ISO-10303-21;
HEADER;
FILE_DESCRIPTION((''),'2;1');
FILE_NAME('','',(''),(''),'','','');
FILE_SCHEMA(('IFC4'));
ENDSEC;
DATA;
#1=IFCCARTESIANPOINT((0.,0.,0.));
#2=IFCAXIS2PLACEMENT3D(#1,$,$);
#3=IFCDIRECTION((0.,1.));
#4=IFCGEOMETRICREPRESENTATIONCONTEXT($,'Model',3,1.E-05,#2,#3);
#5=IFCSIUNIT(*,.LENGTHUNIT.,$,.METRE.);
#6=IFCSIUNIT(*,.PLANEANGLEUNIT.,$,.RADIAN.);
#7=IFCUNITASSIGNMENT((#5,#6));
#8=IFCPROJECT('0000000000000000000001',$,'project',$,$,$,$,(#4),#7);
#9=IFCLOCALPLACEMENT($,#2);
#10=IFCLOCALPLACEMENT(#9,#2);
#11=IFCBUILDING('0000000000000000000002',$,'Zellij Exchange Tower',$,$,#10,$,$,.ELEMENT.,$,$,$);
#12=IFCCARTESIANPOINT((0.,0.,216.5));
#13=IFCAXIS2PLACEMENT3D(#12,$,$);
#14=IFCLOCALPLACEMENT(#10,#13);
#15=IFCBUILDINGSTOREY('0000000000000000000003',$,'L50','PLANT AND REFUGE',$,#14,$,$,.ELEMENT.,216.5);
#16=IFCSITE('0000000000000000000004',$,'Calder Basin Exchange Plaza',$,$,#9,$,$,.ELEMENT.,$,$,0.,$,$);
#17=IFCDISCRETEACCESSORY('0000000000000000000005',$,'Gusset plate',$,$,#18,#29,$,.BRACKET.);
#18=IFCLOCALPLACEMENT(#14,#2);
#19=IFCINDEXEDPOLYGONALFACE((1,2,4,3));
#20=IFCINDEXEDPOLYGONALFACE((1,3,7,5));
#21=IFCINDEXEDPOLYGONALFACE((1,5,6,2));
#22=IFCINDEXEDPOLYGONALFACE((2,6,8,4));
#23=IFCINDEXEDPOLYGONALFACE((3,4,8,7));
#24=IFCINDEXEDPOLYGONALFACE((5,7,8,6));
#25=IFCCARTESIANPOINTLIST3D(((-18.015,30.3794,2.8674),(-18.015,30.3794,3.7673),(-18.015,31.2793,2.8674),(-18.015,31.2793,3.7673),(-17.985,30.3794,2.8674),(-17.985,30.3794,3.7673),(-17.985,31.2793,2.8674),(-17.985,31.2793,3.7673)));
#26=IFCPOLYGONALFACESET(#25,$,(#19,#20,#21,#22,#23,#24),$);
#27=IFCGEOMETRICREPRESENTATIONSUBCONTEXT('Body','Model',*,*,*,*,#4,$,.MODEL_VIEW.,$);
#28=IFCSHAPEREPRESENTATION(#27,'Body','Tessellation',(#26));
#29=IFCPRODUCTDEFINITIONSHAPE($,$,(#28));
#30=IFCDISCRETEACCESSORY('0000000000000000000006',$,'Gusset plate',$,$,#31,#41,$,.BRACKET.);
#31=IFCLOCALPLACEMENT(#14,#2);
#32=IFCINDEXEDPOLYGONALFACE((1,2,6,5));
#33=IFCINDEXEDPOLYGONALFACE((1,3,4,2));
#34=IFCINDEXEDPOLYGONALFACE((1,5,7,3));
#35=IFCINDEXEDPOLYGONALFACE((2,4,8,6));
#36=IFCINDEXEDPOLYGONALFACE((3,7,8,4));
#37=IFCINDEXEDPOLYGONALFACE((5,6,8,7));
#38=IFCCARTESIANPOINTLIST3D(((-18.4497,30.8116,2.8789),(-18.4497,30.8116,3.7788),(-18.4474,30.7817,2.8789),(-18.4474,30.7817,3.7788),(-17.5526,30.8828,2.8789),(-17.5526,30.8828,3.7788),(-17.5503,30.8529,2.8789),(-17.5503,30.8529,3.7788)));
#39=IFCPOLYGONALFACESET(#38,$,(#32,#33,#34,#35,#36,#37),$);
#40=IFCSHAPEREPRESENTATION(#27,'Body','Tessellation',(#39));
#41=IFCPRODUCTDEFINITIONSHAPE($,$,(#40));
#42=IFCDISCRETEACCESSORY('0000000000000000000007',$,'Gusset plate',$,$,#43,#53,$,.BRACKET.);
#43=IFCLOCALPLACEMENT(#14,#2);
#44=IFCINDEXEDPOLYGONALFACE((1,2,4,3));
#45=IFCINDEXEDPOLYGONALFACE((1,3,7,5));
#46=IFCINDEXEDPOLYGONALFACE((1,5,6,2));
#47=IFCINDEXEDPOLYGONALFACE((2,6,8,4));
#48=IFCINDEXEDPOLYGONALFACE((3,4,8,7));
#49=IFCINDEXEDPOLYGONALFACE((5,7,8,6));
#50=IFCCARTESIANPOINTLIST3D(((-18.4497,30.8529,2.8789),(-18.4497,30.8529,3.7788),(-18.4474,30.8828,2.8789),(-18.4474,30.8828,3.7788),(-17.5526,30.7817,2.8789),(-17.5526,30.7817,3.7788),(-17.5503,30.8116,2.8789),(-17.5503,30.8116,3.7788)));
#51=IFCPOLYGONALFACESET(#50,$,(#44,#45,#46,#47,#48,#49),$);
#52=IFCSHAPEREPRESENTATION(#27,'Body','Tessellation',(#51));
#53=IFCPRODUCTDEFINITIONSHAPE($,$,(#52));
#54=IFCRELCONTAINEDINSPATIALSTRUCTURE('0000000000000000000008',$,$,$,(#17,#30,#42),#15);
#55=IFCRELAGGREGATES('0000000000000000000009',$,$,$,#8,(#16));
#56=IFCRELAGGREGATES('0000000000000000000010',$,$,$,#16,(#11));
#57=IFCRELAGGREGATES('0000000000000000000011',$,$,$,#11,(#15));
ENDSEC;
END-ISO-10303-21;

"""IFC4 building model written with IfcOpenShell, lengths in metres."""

from ifc_helpers import new_model, si_unit, direction, frame, origin, origin_2d, place, context, subcontext, project, spatial, rectangle, extrude, element, save


model = new_model("IFC4")

# Units and contexts
model_context = context("Model", 3, precision=1e-05, world=origin(), true_north=direction((0.0, 1.0)))
body_context = subcontext(model_context, "Body", "Model", "MODEL_VIEW")
ifc_project = project(units=[si_unit("LENGTHUNIT", "METRE"), si_unit("PLANEANGLEUNIT", "RADIAN")], contexts=[model_context])

# Site, building, storey
site_placement = place(None, origin())
site = spatial("IfcSite", under=ifc_project, at=site_placement, Name="Calder Basin Exchange Plaza", CompositionType="ELEMENT", RefElevation=0.0)
building_placement = place(site_placement, origin())
building = spatial("IfcBuilding", under=site, at=building_placement, Name="Zellij Exchange Tower", CompositionType="ELEMENT")
storey_placement = place(building_placement, frame((0.0, 0.0, 216.5)))
storey = spatial("IfcBuildingStorey", under=building, at=storey_placement, Name="L50", Description="PLANT AND REFUGE", CompositionType="ELEMENT", Elevation=216.5)

# Discrete accessories
for number, where, z_axis, x_axis, name in (
    (1, (-18.0, 30.8293, 2.8674), (0.0, 0.0, 1.0), (0.0, 1.0, 0.0), "Gusset plate"),
    (2, (-18.0, 30.8323, 2.8789), (0.0, 0.0, 1.0), (0.996864, 0.079129, 0.0), "Gusset plate"),
    (3, (-18.0, 30.8323, 2.8789), (0.0, 0.0, 1.0), (0.996864, -0.079129, 0.0), "Gusset plate"),
):
    element("IfcDiscreteAccessory", number, at=place(storey_placement, frame(where, z_axis=z_axis, x_axis=x_axis)), inside=storey, Name=name, PredefinedType="BRACKET", context=body_context, shape_type="SweptSolid", body=[
        extrude(rectangle(XDim=0.8999, YDim=0.03, at=origin_2d()), origin(), (0.0, 0.0, 1.0), 0.8999),
    ])

save(model, "model.ifc")
